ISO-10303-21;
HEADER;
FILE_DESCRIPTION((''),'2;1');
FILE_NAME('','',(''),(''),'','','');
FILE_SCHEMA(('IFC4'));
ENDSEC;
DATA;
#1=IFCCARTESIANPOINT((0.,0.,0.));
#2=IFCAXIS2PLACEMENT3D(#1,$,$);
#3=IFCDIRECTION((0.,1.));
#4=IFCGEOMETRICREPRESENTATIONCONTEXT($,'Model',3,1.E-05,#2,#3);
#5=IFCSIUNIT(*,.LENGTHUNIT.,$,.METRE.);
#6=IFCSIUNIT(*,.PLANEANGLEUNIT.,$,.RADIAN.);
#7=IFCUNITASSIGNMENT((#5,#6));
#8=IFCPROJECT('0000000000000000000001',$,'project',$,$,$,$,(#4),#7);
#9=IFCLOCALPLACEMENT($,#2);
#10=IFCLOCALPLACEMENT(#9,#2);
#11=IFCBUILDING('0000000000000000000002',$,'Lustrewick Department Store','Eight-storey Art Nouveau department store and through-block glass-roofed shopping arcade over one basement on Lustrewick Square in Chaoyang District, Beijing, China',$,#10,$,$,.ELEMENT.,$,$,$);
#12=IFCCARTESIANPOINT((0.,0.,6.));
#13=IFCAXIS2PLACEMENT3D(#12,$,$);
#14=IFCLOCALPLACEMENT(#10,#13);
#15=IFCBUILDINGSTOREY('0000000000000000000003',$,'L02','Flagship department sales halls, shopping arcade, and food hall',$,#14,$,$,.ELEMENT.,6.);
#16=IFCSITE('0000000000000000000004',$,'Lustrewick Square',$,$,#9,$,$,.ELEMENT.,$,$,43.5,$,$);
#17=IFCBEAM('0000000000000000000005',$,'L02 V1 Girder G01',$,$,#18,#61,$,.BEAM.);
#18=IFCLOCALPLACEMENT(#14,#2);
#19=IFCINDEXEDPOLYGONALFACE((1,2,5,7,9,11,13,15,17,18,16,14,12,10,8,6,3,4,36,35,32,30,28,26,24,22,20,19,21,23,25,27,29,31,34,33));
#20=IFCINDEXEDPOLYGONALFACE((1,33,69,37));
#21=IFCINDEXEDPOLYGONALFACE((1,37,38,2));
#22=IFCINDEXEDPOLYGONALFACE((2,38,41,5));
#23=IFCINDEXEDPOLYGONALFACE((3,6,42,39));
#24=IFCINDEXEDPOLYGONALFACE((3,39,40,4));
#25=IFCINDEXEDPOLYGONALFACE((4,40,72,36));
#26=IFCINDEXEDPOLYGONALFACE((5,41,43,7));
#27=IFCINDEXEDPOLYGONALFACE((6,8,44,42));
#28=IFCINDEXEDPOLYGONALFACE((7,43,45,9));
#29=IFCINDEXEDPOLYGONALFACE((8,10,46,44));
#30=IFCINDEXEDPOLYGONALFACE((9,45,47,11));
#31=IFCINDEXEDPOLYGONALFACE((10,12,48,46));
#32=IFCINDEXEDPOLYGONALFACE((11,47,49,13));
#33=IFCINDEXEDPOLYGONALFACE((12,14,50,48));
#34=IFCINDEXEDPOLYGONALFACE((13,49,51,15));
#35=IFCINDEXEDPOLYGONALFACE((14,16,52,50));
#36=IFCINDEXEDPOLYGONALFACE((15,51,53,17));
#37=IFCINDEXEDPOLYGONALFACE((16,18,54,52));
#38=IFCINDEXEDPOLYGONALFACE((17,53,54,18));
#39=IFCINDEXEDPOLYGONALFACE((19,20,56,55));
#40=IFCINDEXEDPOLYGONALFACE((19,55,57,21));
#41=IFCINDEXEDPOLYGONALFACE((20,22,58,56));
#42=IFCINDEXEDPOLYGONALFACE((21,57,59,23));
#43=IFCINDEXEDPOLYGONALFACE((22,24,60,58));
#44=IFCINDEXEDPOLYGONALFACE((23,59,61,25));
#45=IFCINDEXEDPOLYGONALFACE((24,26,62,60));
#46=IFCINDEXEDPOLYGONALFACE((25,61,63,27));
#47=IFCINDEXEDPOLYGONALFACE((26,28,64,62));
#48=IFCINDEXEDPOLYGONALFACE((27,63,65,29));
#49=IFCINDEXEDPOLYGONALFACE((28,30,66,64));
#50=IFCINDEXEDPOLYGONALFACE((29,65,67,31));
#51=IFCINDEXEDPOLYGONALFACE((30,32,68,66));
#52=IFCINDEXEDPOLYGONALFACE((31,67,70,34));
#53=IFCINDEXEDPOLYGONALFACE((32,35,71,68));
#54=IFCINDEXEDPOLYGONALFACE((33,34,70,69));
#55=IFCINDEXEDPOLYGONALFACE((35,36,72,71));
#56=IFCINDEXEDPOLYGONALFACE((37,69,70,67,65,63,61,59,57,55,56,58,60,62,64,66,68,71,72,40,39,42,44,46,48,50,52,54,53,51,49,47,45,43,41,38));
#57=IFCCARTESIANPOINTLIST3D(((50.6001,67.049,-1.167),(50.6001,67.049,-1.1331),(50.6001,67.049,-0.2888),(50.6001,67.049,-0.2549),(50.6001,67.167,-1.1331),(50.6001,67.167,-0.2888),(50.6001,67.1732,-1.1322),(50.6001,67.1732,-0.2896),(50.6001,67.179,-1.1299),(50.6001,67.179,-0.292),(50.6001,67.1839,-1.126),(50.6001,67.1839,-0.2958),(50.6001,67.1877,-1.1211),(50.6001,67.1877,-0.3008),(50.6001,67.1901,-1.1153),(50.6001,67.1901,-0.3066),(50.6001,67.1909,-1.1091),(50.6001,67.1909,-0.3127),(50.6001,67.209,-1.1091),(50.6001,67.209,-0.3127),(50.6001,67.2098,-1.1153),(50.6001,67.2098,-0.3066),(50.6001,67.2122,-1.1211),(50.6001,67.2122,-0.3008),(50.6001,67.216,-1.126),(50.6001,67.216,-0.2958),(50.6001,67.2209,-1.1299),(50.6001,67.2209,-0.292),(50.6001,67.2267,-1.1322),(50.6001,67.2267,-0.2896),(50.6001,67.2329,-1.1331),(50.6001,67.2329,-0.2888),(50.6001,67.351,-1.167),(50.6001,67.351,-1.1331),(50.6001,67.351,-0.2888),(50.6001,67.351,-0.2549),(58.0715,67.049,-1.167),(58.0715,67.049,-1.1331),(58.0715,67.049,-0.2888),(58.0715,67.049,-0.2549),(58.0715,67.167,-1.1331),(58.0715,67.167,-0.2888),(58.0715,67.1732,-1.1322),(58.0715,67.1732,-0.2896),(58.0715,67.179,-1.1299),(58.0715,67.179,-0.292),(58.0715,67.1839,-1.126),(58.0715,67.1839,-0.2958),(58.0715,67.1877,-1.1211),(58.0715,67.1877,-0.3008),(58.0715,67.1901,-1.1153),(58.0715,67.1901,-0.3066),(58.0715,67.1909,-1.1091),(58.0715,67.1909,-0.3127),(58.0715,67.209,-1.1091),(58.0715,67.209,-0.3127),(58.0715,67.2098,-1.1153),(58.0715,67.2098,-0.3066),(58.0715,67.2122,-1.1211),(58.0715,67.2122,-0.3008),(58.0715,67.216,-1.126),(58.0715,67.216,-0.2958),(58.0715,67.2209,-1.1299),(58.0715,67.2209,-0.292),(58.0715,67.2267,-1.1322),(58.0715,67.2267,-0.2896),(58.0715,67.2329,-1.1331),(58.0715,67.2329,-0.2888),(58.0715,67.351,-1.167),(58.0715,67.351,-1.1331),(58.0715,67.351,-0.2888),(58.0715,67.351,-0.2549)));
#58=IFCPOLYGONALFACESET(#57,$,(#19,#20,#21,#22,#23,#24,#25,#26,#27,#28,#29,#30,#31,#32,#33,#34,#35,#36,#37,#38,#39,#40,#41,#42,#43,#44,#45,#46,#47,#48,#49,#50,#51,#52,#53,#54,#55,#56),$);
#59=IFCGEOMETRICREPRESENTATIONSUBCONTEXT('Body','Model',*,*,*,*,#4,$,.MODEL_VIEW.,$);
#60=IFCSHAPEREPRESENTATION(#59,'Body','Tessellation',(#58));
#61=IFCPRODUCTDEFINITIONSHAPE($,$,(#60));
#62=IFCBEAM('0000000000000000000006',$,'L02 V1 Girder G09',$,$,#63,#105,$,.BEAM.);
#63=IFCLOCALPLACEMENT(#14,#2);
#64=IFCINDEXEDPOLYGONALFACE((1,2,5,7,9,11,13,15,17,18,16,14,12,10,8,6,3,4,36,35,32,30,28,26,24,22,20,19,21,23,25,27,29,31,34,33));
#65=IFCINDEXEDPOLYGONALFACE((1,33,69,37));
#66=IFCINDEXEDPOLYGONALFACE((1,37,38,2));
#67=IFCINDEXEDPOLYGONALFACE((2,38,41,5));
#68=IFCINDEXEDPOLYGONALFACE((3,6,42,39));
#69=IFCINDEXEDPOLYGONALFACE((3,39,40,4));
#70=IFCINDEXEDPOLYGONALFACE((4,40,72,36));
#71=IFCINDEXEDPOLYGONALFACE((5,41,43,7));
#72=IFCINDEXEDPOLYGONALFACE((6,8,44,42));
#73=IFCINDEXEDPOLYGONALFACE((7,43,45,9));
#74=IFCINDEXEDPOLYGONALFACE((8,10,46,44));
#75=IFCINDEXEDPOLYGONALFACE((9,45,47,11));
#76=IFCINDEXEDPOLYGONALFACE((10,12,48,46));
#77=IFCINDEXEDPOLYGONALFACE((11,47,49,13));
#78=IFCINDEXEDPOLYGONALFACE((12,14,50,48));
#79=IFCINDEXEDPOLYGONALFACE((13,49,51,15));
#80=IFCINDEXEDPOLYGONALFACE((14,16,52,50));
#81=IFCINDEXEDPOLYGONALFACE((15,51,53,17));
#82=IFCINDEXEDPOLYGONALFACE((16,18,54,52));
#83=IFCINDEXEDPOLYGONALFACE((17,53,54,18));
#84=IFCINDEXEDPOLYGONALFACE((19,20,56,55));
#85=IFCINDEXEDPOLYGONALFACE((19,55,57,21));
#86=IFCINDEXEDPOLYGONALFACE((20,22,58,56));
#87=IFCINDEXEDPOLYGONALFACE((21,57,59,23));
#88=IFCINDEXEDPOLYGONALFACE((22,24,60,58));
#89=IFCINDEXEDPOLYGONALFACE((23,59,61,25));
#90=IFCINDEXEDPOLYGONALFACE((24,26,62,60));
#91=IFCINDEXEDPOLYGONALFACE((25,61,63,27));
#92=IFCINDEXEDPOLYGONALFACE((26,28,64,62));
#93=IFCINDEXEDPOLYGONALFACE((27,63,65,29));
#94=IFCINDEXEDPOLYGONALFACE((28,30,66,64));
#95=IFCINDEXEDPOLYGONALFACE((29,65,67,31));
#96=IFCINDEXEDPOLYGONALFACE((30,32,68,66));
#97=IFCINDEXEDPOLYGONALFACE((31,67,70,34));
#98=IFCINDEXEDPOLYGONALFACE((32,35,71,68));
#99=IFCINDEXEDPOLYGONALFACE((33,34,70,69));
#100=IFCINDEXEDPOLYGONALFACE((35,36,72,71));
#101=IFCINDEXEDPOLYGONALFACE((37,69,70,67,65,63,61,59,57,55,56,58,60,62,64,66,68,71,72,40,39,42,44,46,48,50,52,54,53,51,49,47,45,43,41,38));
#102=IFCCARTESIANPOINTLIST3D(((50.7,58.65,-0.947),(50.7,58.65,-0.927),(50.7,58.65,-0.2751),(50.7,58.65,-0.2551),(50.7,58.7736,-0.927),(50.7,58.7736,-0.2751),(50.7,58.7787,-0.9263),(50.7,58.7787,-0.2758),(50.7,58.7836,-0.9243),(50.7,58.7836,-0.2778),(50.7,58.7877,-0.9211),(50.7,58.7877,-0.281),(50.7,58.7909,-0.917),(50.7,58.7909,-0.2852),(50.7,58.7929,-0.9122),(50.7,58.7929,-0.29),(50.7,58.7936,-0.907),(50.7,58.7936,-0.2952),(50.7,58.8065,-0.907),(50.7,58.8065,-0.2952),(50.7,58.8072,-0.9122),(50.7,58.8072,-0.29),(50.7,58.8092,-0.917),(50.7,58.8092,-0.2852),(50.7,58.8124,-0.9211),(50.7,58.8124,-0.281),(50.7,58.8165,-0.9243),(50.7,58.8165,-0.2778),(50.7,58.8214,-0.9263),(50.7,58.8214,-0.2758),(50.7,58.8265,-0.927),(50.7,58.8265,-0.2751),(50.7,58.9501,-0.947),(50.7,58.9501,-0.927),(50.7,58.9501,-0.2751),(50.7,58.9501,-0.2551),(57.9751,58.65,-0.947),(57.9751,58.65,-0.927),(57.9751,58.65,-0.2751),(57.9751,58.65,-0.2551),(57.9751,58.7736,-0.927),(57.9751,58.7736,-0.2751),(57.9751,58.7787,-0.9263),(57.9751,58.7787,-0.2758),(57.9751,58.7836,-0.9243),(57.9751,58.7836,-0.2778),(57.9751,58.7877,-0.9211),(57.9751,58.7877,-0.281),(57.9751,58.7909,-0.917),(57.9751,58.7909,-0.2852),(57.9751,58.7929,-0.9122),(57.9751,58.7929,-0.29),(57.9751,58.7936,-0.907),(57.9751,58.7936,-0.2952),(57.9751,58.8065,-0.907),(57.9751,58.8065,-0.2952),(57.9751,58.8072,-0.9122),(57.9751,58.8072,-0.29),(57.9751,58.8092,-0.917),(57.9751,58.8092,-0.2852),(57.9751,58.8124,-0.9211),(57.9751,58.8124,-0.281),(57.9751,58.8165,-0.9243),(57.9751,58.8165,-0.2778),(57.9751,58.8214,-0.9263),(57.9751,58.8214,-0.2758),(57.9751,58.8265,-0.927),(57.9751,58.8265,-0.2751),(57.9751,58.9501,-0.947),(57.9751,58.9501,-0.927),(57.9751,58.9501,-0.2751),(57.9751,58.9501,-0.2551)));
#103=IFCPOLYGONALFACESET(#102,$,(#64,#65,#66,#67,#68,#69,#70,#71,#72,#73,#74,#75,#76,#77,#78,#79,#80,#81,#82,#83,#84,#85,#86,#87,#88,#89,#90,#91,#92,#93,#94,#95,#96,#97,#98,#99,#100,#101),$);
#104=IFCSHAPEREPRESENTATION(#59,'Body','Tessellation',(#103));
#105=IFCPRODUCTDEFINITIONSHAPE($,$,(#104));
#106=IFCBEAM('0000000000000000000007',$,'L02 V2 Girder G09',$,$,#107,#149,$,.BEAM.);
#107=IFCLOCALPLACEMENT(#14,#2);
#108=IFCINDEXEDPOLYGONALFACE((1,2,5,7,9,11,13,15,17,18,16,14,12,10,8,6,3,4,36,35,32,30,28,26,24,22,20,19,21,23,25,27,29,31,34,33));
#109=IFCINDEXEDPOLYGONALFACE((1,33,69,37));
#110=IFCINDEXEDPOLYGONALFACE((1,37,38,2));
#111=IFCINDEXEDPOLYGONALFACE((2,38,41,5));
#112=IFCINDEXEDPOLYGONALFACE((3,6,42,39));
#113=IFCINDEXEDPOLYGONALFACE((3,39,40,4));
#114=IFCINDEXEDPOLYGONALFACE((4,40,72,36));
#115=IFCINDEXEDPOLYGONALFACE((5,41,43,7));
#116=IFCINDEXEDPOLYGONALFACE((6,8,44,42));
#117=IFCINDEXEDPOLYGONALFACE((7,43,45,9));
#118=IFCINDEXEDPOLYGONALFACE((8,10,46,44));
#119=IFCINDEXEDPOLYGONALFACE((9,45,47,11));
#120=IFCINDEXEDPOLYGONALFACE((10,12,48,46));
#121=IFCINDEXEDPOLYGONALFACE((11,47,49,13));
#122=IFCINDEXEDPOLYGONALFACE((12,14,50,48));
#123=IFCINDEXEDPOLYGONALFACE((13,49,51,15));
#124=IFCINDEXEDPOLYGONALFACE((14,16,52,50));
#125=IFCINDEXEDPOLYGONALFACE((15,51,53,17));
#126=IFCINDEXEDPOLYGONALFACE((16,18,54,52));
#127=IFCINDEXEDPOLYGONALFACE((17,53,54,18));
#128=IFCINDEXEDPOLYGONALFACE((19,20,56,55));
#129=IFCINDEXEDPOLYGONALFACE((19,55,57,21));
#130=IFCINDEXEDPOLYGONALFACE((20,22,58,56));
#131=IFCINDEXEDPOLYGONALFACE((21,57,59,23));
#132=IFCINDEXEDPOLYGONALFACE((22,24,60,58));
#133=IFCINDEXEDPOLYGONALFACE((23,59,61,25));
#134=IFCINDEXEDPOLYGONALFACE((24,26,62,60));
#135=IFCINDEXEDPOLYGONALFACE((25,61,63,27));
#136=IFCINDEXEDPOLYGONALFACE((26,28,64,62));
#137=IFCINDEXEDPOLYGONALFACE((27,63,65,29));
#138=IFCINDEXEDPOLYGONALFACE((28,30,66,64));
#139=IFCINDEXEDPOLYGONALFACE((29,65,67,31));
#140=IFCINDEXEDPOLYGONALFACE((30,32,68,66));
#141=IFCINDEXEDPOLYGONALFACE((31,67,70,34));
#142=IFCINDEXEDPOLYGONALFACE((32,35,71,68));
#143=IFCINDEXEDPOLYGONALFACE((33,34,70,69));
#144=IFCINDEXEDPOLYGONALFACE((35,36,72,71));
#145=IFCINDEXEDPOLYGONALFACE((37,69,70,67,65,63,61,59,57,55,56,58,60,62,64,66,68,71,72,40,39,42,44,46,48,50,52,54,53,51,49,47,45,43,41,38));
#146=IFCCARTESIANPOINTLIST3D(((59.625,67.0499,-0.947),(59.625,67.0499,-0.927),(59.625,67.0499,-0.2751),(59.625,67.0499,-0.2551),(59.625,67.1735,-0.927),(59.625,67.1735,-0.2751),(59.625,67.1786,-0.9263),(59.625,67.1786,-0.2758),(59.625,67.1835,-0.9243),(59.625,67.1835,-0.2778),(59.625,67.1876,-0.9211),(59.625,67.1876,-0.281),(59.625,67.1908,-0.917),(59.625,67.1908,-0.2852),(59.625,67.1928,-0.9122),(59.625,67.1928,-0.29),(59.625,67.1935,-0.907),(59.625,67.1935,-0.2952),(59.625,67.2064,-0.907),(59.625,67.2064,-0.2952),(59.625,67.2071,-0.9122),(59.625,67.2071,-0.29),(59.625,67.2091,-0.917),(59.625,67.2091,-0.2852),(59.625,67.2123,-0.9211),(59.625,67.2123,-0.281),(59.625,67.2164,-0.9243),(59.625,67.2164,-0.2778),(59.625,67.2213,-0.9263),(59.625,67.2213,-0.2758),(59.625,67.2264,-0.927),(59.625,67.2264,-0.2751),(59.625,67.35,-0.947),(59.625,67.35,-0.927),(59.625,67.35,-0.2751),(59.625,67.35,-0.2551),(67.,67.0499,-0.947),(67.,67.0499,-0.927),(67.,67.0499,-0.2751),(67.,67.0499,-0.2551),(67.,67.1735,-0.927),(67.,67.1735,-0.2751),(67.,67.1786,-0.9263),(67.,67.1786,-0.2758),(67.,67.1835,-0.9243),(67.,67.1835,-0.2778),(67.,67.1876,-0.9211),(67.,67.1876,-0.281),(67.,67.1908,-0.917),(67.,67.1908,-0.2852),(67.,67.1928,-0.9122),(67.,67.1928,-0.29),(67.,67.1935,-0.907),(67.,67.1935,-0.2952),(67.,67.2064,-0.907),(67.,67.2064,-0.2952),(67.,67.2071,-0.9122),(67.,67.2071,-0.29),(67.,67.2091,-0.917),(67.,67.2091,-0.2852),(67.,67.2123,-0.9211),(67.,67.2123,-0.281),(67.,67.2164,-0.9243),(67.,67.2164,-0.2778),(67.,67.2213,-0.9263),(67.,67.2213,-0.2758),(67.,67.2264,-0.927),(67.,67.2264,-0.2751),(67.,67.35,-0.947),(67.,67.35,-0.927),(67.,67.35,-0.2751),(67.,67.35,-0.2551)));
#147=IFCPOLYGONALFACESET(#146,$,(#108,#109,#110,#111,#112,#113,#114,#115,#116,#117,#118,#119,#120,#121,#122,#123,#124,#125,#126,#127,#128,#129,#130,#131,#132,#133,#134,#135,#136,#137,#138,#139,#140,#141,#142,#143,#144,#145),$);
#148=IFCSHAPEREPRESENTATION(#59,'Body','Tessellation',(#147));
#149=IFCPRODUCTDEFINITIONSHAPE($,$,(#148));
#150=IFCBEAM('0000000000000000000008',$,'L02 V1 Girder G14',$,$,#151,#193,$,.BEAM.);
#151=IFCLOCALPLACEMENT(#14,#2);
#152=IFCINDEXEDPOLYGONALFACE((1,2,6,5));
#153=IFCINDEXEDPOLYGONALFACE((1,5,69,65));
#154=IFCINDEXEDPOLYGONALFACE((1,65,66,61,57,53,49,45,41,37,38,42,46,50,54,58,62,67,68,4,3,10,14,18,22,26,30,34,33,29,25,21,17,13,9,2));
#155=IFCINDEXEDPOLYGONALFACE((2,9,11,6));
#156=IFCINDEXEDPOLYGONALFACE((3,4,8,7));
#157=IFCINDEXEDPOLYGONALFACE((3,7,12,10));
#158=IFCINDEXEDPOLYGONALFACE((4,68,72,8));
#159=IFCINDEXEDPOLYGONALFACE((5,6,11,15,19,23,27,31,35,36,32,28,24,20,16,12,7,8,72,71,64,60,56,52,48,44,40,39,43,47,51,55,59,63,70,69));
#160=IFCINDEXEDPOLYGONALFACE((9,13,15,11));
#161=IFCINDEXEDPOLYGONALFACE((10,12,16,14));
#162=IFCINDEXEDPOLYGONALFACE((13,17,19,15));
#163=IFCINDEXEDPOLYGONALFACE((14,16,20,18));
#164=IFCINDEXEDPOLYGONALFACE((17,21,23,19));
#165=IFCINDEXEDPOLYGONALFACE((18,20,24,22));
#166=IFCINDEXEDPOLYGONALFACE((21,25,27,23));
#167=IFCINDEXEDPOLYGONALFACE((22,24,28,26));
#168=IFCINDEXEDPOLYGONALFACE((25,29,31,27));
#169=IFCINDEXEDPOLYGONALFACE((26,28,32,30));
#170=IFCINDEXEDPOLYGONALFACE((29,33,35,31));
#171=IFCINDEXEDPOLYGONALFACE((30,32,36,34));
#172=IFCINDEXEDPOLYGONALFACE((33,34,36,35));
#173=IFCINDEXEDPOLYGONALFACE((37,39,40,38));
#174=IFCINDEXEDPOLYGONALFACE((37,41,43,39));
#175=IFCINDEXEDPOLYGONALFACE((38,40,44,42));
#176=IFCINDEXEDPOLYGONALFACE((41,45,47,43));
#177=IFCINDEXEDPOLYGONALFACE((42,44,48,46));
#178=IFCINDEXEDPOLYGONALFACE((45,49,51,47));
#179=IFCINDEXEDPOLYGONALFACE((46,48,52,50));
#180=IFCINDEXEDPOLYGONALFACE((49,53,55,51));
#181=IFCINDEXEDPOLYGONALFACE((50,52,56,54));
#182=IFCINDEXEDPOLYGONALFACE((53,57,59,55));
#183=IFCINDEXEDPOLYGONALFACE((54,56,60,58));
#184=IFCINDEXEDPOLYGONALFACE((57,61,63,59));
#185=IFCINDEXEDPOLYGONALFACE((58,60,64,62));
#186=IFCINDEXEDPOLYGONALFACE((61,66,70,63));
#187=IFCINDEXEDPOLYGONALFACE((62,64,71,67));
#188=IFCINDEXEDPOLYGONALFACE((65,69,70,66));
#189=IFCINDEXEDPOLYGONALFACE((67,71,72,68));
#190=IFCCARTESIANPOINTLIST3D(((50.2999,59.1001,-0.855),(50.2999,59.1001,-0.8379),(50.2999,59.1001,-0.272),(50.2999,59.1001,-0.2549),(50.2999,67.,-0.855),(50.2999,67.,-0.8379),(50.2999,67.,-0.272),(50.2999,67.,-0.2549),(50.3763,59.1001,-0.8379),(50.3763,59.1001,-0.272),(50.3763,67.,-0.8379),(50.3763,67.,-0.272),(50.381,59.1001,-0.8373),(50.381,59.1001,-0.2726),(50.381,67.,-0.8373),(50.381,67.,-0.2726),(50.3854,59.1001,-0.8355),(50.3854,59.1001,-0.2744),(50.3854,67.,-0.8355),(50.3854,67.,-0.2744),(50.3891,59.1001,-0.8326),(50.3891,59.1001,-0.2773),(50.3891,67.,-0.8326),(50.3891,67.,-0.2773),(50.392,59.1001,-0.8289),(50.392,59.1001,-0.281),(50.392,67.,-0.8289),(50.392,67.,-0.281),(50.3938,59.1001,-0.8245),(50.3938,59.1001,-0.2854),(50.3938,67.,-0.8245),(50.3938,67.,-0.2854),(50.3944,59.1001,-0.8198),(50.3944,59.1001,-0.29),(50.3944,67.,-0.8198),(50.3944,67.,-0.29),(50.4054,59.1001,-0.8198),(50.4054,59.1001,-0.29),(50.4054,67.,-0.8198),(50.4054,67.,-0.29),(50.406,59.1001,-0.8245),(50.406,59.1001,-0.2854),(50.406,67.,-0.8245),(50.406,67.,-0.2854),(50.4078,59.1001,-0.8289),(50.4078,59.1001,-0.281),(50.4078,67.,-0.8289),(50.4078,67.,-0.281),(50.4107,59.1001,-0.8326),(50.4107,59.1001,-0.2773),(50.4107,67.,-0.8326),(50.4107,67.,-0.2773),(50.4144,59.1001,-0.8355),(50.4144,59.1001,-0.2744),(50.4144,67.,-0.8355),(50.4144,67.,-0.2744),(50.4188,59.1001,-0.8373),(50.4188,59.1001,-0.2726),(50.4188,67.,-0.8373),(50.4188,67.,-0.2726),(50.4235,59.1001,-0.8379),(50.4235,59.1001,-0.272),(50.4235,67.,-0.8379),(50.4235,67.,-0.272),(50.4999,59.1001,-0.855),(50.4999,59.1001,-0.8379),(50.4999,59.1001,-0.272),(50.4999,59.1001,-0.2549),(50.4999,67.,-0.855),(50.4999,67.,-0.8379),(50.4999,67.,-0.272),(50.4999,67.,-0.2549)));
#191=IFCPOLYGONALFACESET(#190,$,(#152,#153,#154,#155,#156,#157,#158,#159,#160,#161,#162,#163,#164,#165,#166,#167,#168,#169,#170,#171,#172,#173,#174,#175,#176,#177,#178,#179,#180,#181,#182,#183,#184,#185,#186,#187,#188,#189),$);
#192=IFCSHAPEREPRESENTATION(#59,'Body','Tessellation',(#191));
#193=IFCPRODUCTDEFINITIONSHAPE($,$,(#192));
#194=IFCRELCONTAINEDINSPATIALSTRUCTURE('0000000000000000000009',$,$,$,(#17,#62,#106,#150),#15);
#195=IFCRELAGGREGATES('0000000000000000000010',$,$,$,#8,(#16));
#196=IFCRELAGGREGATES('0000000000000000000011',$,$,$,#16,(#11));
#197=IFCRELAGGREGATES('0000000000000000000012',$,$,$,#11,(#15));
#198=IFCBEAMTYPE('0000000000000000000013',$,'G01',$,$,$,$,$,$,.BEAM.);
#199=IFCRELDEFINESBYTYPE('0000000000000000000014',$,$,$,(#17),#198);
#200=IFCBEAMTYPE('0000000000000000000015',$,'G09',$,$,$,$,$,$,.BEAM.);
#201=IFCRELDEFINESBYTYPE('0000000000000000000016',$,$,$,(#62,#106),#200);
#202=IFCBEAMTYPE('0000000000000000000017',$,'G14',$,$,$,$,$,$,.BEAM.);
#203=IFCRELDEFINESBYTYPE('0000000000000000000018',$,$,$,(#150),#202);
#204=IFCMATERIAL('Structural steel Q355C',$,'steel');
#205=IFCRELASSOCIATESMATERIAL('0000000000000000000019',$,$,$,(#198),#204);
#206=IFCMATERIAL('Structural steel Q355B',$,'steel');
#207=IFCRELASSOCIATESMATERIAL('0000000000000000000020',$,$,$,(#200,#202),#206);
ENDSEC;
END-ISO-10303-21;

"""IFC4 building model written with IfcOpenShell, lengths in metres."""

from ifc_helpers import new_model, si_unit, direction, frame, origin, origin_2d, place, context, subcontext, project, spatial, i_section, extrude, material, material_profile, profile_set, type_object, element, save


model = new_model("IFC4")

# Units and contexts
model_context = context("Model", 3, precision=1e-05, world=origin(), true_north=direction((0.0, 1.0)))
body_context = subcontext(model_context, "Body", "Model", "MODEL_VIEW")
ifc_project = project(units=[si_unit("LENGTHUNIT", "METRE"), si_unit("PLANEANGLEUNIT", "RADIAN")], contexts=[model_context])

# Site, building, storey
site_placement = place(None, origin())
site = spatial("IfcSite", under=ifc_project, at=site_placement, Name="Lustrewick Square", CompositionType="ELEMENT", RefElevation=43.5)
building_placement = place(site_placement, origin())
building = spatial("IfcBuilding", under=site, at=building_placement, Name="Lustrewick Department Store", Description="Eight-storey Art Nouveau department store and through-block glass-roofed shopping arcade over one basement on Lustrewick Square in Chaoyang District, Beijing, China", CompositionType="ELEMENT")
storey_placement = place(building_placement, frame((0.0, 0.0, 6.0)))
storey = spatial("IfcBuildingStorey", under=building, at=storey_placement, Name="L02", Description="Flagship department sales halls, shopping arcade, and food hall", CompositionType="ELEMENT", Elevation=6.0)

# Shared definitions
ifc_material_1 = material(Name="Structural steel Q355C", Category="steel")
ifc_material_2 = material(Name="Structural steel Q355B", Category="steel")

# Beams
ifc_material_profile_1 = material_profile(ifc_material_1, i_section(OverallWidth=0.302, OverallDepth=0.9121, WebThickness=0.0181, FlangeThickness=0.0339, FilletRadius=0.0239, at=origin_2d()), Name="HN 912x302x18x34")
ifc_profile_set_1 = profile_set([ifc_material_profile_1], Name="Structural steel Q355C")
beam_type_1 = type_object("IfcBeamType", Name="G01", PredefinedType="BEAM", material=ifc_profile_set_1)
beam_1_placement = place(storey_placement, frame((50.6001, 67.2, -0.7109), z_axis=(1.0, 0.0, 0.0), x_axis=(0.0, 1.0, 0.0)))
element("IfcBeam", 1, at=beam_1_placement, inside=storey, type_object=beam_type_1, Name="L02 V1 Girder G01", PredefinedType="BEAM", context=body_context, shape_type="SweptSolid", body=[
    extrude(i_section(OverallWidth=0.302, OverallDepth=0.9121, WebThickness=0.0181, FlangeThickness=0.0339, FilletRadius=0.0239, at=origin_2d()), origin(), (0.0, 0.0, 1.0), 7.4714),
])
ifc_material_profile_2 = material_profile(ifc_material_2, i_section(OverallWidth=0.3, OverallDepth=0.6919, WebThickness=0.0129, FlangeThickness=0.02, FilletRadius=0.02, at=origin_2d()), Name="HN 692x300x13x20")
ifc_profile_set_2 = profile_set([ifc_material_profile_2], Name="Structural steel Q355B")
beam_type_2 = type_object("IfcBeamType", Name="G09", PredefinedType="BEAM", material=ifc_profile_set_2)
beam_2_placement = place(storey_placement, frame((50.7, 58.8, -0.6011), z_axis=(1.0, 0.0, 0.0), x_axis=(0.0, 1.0, 0.0)))
element("IfcBeam", 2, at=beam_2_placement, inside=storey, type_object=beam_type_2, Name="L02 V1 Girder G09", PredefinedType="BEAM", context=body_context, shape_type="SweptSolid", body=[
    extrude(i_section(OverallWidth=0.3, OverallDepth=0.6919, WebThickness=0.0129, FlangeThickness=0.02, FilletRadius=0.02, at=origin_2d()), origin(), (0.0, 0.0, 1.0), 7.2751),
])
beam_3_placement = place(storey_placement, frame((59.625, 67.2, -0.6011), z_axis=(1.0, 0.0, 0.0), x_axis=(0.0, 1.0, 0.0)))
element("IfcBeam", 3, at=beam_3_placement, inside=storey, type_object=beam_type_2, Name="L02 V2 Girder G09", PredefinedType="BEAM", context=body_context, shape_type="SweptSolid", body=[
    extrude(i_section(OverallWidth=0.3, OverallDepth=0.6919, WebThickness=0.0129, FlangeThickness=0.02, FilletRadius=0.02, at=origin_2d()), origin(), (0.0, 0.0, 1.0), 7.375),
])
ifc_material_profile_3 = material_profile(ifc_material_2, i_section(OverallWidth=0.2, OverallDepth=0.6001, WebThickness=0.011, FlangeThickness=0.0171, FilletRadius=0.0181, at=origin_2d()), Name="HN 600x200x11x17")
ifc_profile_set_3 = profile_set([ifc_material_profile_3], Name="Structural steel Q355B")
beam_type_3 = type_object("IfcBeamType", Name="G14", PredefinedType="BEAM", material=ifc_profile_set_3)
beam_4_placement = place(storey_placement, frame((50.3999, 59.1001, -0.5549), z_axis=(0.0, 1.0, 0.0), x_axis=(-1.0, 0.0, 0.0)))
element("IfcBeam", 4, at=beam_4_placement, inside=storey, type_object=beam_type_3, Name="L02 V1 Girder G14", PredefinedType="BEAM", context=body_context, shape_type="SweptSolid", body=[
    extrude(i_section(OverallWidth=0.2, OverallDepth=0.6001, WebThickness=0.011, FlangeThickness=0.0171, FilletRadius=0.0181, at=origin_2d()), origin(), (0.0, 0.0, 1.0), 7.8999),
])

save(model, "model.ifc")
